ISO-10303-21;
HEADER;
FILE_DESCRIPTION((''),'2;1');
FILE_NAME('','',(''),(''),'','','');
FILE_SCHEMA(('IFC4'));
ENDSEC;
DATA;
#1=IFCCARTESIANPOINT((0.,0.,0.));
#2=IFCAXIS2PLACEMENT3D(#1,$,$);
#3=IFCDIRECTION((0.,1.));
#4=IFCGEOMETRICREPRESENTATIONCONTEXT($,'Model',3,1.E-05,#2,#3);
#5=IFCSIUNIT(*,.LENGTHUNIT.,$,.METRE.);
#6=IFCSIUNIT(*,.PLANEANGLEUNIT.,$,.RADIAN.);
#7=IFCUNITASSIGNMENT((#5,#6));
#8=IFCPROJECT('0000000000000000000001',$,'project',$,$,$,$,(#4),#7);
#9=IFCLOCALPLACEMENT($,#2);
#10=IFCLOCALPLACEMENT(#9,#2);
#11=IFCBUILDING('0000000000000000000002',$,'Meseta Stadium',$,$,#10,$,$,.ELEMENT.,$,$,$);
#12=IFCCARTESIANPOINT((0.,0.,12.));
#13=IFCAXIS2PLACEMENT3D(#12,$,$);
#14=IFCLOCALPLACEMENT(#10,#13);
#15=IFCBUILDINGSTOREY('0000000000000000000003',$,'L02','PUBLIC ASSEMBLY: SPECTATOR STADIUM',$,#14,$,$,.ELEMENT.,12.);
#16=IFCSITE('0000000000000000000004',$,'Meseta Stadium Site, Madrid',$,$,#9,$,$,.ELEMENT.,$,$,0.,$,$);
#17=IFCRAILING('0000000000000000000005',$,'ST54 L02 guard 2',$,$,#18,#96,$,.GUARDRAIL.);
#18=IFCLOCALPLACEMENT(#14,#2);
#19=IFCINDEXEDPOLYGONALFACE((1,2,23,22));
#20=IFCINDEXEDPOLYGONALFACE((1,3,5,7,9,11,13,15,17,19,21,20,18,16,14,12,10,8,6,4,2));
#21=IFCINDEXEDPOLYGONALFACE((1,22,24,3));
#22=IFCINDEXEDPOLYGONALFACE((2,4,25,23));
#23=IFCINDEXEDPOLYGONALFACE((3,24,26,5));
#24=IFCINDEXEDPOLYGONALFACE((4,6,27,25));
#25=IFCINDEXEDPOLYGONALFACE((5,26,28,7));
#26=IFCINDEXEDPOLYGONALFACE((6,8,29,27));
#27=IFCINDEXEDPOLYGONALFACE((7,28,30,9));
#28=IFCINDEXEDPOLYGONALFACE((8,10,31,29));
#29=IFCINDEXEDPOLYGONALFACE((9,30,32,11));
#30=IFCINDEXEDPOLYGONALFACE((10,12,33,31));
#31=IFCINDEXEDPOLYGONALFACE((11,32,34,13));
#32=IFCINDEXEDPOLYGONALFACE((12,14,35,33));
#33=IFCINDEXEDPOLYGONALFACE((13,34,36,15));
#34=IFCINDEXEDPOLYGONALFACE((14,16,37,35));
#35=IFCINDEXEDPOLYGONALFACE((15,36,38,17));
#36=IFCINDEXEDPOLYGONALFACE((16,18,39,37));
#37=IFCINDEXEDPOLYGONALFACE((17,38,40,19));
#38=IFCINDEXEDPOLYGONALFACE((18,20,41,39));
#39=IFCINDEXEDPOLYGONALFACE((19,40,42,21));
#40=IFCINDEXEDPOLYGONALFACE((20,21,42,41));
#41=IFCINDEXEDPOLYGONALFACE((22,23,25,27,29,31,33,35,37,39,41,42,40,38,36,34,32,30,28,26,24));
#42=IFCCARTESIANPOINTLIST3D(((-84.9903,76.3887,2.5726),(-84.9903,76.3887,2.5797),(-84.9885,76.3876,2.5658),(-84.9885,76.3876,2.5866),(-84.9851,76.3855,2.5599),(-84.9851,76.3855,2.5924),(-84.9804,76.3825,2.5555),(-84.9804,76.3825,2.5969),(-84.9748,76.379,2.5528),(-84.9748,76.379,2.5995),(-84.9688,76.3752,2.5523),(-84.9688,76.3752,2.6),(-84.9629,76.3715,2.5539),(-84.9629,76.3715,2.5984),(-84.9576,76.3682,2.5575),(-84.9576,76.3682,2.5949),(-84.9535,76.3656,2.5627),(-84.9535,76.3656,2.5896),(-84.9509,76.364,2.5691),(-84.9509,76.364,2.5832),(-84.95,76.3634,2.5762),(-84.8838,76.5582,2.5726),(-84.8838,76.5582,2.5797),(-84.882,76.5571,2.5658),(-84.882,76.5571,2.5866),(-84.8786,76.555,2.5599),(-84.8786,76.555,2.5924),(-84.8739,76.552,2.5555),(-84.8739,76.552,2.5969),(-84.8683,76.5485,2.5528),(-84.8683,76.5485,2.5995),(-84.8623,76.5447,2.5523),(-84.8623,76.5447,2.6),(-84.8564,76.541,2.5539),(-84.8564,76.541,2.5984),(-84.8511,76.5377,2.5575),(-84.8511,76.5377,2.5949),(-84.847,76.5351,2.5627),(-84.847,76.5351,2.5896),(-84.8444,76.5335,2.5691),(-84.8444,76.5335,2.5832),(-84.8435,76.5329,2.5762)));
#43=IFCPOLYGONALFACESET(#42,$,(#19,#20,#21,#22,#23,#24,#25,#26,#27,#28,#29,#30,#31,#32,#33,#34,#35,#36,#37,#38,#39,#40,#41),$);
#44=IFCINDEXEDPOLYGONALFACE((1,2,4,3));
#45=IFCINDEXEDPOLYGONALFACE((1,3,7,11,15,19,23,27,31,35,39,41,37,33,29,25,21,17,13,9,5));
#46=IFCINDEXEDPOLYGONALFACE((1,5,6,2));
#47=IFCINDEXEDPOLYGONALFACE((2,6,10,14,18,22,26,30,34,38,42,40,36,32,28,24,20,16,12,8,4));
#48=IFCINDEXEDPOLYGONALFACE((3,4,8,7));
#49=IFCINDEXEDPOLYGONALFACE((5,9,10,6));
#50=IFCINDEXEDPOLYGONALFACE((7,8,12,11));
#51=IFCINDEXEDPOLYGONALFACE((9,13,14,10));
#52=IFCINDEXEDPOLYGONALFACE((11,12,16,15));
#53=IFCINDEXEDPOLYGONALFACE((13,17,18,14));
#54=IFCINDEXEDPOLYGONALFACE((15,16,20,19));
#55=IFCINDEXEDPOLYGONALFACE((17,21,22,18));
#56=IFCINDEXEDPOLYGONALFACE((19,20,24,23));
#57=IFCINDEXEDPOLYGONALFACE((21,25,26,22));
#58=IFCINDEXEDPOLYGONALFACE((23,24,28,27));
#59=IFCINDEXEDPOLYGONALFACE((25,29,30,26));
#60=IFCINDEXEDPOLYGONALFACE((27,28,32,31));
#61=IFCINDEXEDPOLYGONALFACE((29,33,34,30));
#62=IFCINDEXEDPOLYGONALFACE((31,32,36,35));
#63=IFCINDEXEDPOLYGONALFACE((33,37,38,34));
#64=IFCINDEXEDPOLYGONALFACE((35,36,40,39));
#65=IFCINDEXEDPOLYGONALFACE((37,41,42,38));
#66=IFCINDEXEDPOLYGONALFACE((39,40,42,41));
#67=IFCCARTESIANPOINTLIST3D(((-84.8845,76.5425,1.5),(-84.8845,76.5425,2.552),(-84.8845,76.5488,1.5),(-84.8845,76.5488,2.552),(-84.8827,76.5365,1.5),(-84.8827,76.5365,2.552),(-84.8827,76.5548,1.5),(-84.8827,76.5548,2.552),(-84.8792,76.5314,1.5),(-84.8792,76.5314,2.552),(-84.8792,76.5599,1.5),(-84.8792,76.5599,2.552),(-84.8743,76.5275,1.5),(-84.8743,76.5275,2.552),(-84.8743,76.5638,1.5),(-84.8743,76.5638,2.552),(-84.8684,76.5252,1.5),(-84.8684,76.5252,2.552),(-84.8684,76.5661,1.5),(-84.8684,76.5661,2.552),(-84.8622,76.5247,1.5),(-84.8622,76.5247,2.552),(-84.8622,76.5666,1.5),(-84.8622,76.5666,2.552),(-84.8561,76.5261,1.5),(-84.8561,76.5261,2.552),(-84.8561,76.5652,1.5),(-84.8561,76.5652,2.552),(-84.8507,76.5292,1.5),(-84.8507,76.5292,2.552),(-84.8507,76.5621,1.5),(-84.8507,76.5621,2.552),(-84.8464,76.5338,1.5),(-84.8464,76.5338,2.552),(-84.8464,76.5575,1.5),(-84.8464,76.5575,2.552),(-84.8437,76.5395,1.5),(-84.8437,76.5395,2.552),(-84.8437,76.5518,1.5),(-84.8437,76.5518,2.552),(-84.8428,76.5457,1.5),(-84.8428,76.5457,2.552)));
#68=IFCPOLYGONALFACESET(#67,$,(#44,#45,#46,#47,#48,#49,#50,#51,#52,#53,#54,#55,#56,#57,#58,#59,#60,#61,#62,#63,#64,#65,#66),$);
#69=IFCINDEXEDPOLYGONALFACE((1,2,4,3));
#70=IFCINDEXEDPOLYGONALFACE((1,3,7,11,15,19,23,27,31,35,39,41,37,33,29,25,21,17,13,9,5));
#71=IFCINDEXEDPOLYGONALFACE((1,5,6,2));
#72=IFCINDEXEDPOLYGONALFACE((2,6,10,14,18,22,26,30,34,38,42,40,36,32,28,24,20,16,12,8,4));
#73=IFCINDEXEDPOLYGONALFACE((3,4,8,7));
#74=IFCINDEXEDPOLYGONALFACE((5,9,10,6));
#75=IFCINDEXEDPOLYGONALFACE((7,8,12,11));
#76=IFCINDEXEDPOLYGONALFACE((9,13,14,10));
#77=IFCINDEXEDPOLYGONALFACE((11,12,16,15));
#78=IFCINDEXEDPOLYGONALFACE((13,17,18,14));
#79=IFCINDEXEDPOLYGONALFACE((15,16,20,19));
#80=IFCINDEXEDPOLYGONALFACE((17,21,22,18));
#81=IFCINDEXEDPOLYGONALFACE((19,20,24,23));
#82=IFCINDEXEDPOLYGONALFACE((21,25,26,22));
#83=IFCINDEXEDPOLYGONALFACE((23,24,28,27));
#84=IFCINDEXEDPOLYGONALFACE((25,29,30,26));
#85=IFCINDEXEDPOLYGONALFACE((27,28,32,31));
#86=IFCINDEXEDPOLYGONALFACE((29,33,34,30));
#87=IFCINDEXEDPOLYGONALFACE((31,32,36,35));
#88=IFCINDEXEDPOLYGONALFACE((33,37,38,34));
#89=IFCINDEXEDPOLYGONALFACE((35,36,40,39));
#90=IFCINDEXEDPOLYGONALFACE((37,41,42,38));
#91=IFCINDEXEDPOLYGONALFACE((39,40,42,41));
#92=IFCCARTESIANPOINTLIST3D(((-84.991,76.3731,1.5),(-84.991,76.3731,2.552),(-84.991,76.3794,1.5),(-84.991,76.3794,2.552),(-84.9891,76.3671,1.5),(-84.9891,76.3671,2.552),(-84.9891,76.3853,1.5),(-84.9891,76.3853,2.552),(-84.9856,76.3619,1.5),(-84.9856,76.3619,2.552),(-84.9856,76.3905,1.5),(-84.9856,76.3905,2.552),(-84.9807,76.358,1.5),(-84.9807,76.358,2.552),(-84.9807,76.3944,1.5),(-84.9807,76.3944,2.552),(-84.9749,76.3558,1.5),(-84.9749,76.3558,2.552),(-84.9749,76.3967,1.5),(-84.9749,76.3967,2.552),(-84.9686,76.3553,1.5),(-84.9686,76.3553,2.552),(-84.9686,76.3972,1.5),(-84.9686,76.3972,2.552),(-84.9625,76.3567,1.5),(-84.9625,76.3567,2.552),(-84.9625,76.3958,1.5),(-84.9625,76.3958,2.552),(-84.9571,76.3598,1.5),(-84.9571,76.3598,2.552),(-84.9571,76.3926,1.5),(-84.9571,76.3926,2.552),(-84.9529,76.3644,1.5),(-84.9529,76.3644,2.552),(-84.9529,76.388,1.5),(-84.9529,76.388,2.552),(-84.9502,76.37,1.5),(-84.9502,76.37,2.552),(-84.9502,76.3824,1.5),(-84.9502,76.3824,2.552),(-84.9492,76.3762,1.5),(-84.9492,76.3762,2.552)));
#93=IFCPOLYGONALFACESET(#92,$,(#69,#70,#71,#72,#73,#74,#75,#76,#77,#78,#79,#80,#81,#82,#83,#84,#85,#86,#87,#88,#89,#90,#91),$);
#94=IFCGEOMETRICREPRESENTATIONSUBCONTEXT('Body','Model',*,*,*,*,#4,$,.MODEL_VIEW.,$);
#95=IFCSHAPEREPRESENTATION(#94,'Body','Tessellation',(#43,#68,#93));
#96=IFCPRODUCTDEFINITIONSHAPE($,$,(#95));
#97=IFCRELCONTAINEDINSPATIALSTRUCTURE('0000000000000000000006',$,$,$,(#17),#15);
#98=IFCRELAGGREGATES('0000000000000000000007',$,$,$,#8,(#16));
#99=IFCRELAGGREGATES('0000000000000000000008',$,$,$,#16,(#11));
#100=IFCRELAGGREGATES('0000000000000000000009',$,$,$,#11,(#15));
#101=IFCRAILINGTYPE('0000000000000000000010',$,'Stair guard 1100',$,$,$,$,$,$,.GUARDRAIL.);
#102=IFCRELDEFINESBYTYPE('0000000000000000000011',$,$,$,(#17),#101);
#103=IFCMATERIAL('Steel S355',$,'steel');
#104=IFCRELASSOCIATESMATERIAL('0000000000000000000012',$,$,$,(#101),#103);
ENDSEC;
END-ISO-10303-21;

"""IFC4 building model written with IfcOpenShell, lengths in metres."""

from ifc_helpers import new_model, si_unit, direction, frame, origin, origin_2d, place, context, subcontext, project, spatial, circle, extrude, material, type_object, element, save


model = new_model("IFC4")

# Units and contexts
model_context = context("Model", 3, precision=1e-05, world=origin(), true_north=direction((0.0, 1.0)))
body_context = subcontext(model_context, "Body", "Model", "MODEL_VIEW")
ifc_project = project(units=[si_unit("LENGTHUNIT", "METRE"), si_unit("PLANEANGLEUNIT", "RADIAN")], contexts=[model_context])

# Site, building, storey
site_placement = place(None, origin())
site = spatial("IfcSite", under=ifc_project, at=site_placement, Name="Meseta Stadium Site, Madrid", CompositionType="ELEMENT", RefElevation=0.0)
building_placement = place(site_placement, origin())
building = spatial("IfcBuilding", under=site, at=building_placement, Name="Meseta Stadium", CompositionType="ELEMENT")
storey_placement = place(building_placement, frame((0.0, 0.0, 12.0)))
storey = spatial("IfcBuildingStorey", under=building, at=storey_placement, Name="L02", Description="PUBLIC ASSEMBLY: SPECTATOR STADIUM", CompositionType="ELEMENT", Elevation=12.0)

# Railing
ifc_material_1 = material(Name="Steel S355", Category="steel")
railing_type_1 = type_object("IfcRailingType", Name="Stair guard 1100", PredefinedType="GUARDRAIL", material=ifc_material_1)
railing_1_placement = place(storey_placement, frame((-84.8638, 76.5457, 1.5)))
element("IfcRailing", 1, at=railing_1_placement, inside=storey, type_object=railing_type_1, Name="ST54 L02 guard 2", PredefinedType="GUARDRAIL", context=body_context, shape_type="SweptSolid", body=[
    extrude(circle(Radius=0.0239, at=origin_2d()), frame((0.0, 0.0, 1.0762), z_axis=(-0.531972, -0.846762, 0.0), x_axis=(0.846762, -0.531972, 0.0)), (0.0, 0.0, 1.0), 0.2002),
    extrude(circle(Radius=0.021, at=origin_2d()), origin(), (0.0, 0.0, 1.0), 1.052),
    extrude(circle(Radius=0.021, at=origin_2d()), frame((-0.1064, -0.1694, 0.0)), (0.0, 0.0, 1.0), 1.052),
])

save(model, "model.ifc")
